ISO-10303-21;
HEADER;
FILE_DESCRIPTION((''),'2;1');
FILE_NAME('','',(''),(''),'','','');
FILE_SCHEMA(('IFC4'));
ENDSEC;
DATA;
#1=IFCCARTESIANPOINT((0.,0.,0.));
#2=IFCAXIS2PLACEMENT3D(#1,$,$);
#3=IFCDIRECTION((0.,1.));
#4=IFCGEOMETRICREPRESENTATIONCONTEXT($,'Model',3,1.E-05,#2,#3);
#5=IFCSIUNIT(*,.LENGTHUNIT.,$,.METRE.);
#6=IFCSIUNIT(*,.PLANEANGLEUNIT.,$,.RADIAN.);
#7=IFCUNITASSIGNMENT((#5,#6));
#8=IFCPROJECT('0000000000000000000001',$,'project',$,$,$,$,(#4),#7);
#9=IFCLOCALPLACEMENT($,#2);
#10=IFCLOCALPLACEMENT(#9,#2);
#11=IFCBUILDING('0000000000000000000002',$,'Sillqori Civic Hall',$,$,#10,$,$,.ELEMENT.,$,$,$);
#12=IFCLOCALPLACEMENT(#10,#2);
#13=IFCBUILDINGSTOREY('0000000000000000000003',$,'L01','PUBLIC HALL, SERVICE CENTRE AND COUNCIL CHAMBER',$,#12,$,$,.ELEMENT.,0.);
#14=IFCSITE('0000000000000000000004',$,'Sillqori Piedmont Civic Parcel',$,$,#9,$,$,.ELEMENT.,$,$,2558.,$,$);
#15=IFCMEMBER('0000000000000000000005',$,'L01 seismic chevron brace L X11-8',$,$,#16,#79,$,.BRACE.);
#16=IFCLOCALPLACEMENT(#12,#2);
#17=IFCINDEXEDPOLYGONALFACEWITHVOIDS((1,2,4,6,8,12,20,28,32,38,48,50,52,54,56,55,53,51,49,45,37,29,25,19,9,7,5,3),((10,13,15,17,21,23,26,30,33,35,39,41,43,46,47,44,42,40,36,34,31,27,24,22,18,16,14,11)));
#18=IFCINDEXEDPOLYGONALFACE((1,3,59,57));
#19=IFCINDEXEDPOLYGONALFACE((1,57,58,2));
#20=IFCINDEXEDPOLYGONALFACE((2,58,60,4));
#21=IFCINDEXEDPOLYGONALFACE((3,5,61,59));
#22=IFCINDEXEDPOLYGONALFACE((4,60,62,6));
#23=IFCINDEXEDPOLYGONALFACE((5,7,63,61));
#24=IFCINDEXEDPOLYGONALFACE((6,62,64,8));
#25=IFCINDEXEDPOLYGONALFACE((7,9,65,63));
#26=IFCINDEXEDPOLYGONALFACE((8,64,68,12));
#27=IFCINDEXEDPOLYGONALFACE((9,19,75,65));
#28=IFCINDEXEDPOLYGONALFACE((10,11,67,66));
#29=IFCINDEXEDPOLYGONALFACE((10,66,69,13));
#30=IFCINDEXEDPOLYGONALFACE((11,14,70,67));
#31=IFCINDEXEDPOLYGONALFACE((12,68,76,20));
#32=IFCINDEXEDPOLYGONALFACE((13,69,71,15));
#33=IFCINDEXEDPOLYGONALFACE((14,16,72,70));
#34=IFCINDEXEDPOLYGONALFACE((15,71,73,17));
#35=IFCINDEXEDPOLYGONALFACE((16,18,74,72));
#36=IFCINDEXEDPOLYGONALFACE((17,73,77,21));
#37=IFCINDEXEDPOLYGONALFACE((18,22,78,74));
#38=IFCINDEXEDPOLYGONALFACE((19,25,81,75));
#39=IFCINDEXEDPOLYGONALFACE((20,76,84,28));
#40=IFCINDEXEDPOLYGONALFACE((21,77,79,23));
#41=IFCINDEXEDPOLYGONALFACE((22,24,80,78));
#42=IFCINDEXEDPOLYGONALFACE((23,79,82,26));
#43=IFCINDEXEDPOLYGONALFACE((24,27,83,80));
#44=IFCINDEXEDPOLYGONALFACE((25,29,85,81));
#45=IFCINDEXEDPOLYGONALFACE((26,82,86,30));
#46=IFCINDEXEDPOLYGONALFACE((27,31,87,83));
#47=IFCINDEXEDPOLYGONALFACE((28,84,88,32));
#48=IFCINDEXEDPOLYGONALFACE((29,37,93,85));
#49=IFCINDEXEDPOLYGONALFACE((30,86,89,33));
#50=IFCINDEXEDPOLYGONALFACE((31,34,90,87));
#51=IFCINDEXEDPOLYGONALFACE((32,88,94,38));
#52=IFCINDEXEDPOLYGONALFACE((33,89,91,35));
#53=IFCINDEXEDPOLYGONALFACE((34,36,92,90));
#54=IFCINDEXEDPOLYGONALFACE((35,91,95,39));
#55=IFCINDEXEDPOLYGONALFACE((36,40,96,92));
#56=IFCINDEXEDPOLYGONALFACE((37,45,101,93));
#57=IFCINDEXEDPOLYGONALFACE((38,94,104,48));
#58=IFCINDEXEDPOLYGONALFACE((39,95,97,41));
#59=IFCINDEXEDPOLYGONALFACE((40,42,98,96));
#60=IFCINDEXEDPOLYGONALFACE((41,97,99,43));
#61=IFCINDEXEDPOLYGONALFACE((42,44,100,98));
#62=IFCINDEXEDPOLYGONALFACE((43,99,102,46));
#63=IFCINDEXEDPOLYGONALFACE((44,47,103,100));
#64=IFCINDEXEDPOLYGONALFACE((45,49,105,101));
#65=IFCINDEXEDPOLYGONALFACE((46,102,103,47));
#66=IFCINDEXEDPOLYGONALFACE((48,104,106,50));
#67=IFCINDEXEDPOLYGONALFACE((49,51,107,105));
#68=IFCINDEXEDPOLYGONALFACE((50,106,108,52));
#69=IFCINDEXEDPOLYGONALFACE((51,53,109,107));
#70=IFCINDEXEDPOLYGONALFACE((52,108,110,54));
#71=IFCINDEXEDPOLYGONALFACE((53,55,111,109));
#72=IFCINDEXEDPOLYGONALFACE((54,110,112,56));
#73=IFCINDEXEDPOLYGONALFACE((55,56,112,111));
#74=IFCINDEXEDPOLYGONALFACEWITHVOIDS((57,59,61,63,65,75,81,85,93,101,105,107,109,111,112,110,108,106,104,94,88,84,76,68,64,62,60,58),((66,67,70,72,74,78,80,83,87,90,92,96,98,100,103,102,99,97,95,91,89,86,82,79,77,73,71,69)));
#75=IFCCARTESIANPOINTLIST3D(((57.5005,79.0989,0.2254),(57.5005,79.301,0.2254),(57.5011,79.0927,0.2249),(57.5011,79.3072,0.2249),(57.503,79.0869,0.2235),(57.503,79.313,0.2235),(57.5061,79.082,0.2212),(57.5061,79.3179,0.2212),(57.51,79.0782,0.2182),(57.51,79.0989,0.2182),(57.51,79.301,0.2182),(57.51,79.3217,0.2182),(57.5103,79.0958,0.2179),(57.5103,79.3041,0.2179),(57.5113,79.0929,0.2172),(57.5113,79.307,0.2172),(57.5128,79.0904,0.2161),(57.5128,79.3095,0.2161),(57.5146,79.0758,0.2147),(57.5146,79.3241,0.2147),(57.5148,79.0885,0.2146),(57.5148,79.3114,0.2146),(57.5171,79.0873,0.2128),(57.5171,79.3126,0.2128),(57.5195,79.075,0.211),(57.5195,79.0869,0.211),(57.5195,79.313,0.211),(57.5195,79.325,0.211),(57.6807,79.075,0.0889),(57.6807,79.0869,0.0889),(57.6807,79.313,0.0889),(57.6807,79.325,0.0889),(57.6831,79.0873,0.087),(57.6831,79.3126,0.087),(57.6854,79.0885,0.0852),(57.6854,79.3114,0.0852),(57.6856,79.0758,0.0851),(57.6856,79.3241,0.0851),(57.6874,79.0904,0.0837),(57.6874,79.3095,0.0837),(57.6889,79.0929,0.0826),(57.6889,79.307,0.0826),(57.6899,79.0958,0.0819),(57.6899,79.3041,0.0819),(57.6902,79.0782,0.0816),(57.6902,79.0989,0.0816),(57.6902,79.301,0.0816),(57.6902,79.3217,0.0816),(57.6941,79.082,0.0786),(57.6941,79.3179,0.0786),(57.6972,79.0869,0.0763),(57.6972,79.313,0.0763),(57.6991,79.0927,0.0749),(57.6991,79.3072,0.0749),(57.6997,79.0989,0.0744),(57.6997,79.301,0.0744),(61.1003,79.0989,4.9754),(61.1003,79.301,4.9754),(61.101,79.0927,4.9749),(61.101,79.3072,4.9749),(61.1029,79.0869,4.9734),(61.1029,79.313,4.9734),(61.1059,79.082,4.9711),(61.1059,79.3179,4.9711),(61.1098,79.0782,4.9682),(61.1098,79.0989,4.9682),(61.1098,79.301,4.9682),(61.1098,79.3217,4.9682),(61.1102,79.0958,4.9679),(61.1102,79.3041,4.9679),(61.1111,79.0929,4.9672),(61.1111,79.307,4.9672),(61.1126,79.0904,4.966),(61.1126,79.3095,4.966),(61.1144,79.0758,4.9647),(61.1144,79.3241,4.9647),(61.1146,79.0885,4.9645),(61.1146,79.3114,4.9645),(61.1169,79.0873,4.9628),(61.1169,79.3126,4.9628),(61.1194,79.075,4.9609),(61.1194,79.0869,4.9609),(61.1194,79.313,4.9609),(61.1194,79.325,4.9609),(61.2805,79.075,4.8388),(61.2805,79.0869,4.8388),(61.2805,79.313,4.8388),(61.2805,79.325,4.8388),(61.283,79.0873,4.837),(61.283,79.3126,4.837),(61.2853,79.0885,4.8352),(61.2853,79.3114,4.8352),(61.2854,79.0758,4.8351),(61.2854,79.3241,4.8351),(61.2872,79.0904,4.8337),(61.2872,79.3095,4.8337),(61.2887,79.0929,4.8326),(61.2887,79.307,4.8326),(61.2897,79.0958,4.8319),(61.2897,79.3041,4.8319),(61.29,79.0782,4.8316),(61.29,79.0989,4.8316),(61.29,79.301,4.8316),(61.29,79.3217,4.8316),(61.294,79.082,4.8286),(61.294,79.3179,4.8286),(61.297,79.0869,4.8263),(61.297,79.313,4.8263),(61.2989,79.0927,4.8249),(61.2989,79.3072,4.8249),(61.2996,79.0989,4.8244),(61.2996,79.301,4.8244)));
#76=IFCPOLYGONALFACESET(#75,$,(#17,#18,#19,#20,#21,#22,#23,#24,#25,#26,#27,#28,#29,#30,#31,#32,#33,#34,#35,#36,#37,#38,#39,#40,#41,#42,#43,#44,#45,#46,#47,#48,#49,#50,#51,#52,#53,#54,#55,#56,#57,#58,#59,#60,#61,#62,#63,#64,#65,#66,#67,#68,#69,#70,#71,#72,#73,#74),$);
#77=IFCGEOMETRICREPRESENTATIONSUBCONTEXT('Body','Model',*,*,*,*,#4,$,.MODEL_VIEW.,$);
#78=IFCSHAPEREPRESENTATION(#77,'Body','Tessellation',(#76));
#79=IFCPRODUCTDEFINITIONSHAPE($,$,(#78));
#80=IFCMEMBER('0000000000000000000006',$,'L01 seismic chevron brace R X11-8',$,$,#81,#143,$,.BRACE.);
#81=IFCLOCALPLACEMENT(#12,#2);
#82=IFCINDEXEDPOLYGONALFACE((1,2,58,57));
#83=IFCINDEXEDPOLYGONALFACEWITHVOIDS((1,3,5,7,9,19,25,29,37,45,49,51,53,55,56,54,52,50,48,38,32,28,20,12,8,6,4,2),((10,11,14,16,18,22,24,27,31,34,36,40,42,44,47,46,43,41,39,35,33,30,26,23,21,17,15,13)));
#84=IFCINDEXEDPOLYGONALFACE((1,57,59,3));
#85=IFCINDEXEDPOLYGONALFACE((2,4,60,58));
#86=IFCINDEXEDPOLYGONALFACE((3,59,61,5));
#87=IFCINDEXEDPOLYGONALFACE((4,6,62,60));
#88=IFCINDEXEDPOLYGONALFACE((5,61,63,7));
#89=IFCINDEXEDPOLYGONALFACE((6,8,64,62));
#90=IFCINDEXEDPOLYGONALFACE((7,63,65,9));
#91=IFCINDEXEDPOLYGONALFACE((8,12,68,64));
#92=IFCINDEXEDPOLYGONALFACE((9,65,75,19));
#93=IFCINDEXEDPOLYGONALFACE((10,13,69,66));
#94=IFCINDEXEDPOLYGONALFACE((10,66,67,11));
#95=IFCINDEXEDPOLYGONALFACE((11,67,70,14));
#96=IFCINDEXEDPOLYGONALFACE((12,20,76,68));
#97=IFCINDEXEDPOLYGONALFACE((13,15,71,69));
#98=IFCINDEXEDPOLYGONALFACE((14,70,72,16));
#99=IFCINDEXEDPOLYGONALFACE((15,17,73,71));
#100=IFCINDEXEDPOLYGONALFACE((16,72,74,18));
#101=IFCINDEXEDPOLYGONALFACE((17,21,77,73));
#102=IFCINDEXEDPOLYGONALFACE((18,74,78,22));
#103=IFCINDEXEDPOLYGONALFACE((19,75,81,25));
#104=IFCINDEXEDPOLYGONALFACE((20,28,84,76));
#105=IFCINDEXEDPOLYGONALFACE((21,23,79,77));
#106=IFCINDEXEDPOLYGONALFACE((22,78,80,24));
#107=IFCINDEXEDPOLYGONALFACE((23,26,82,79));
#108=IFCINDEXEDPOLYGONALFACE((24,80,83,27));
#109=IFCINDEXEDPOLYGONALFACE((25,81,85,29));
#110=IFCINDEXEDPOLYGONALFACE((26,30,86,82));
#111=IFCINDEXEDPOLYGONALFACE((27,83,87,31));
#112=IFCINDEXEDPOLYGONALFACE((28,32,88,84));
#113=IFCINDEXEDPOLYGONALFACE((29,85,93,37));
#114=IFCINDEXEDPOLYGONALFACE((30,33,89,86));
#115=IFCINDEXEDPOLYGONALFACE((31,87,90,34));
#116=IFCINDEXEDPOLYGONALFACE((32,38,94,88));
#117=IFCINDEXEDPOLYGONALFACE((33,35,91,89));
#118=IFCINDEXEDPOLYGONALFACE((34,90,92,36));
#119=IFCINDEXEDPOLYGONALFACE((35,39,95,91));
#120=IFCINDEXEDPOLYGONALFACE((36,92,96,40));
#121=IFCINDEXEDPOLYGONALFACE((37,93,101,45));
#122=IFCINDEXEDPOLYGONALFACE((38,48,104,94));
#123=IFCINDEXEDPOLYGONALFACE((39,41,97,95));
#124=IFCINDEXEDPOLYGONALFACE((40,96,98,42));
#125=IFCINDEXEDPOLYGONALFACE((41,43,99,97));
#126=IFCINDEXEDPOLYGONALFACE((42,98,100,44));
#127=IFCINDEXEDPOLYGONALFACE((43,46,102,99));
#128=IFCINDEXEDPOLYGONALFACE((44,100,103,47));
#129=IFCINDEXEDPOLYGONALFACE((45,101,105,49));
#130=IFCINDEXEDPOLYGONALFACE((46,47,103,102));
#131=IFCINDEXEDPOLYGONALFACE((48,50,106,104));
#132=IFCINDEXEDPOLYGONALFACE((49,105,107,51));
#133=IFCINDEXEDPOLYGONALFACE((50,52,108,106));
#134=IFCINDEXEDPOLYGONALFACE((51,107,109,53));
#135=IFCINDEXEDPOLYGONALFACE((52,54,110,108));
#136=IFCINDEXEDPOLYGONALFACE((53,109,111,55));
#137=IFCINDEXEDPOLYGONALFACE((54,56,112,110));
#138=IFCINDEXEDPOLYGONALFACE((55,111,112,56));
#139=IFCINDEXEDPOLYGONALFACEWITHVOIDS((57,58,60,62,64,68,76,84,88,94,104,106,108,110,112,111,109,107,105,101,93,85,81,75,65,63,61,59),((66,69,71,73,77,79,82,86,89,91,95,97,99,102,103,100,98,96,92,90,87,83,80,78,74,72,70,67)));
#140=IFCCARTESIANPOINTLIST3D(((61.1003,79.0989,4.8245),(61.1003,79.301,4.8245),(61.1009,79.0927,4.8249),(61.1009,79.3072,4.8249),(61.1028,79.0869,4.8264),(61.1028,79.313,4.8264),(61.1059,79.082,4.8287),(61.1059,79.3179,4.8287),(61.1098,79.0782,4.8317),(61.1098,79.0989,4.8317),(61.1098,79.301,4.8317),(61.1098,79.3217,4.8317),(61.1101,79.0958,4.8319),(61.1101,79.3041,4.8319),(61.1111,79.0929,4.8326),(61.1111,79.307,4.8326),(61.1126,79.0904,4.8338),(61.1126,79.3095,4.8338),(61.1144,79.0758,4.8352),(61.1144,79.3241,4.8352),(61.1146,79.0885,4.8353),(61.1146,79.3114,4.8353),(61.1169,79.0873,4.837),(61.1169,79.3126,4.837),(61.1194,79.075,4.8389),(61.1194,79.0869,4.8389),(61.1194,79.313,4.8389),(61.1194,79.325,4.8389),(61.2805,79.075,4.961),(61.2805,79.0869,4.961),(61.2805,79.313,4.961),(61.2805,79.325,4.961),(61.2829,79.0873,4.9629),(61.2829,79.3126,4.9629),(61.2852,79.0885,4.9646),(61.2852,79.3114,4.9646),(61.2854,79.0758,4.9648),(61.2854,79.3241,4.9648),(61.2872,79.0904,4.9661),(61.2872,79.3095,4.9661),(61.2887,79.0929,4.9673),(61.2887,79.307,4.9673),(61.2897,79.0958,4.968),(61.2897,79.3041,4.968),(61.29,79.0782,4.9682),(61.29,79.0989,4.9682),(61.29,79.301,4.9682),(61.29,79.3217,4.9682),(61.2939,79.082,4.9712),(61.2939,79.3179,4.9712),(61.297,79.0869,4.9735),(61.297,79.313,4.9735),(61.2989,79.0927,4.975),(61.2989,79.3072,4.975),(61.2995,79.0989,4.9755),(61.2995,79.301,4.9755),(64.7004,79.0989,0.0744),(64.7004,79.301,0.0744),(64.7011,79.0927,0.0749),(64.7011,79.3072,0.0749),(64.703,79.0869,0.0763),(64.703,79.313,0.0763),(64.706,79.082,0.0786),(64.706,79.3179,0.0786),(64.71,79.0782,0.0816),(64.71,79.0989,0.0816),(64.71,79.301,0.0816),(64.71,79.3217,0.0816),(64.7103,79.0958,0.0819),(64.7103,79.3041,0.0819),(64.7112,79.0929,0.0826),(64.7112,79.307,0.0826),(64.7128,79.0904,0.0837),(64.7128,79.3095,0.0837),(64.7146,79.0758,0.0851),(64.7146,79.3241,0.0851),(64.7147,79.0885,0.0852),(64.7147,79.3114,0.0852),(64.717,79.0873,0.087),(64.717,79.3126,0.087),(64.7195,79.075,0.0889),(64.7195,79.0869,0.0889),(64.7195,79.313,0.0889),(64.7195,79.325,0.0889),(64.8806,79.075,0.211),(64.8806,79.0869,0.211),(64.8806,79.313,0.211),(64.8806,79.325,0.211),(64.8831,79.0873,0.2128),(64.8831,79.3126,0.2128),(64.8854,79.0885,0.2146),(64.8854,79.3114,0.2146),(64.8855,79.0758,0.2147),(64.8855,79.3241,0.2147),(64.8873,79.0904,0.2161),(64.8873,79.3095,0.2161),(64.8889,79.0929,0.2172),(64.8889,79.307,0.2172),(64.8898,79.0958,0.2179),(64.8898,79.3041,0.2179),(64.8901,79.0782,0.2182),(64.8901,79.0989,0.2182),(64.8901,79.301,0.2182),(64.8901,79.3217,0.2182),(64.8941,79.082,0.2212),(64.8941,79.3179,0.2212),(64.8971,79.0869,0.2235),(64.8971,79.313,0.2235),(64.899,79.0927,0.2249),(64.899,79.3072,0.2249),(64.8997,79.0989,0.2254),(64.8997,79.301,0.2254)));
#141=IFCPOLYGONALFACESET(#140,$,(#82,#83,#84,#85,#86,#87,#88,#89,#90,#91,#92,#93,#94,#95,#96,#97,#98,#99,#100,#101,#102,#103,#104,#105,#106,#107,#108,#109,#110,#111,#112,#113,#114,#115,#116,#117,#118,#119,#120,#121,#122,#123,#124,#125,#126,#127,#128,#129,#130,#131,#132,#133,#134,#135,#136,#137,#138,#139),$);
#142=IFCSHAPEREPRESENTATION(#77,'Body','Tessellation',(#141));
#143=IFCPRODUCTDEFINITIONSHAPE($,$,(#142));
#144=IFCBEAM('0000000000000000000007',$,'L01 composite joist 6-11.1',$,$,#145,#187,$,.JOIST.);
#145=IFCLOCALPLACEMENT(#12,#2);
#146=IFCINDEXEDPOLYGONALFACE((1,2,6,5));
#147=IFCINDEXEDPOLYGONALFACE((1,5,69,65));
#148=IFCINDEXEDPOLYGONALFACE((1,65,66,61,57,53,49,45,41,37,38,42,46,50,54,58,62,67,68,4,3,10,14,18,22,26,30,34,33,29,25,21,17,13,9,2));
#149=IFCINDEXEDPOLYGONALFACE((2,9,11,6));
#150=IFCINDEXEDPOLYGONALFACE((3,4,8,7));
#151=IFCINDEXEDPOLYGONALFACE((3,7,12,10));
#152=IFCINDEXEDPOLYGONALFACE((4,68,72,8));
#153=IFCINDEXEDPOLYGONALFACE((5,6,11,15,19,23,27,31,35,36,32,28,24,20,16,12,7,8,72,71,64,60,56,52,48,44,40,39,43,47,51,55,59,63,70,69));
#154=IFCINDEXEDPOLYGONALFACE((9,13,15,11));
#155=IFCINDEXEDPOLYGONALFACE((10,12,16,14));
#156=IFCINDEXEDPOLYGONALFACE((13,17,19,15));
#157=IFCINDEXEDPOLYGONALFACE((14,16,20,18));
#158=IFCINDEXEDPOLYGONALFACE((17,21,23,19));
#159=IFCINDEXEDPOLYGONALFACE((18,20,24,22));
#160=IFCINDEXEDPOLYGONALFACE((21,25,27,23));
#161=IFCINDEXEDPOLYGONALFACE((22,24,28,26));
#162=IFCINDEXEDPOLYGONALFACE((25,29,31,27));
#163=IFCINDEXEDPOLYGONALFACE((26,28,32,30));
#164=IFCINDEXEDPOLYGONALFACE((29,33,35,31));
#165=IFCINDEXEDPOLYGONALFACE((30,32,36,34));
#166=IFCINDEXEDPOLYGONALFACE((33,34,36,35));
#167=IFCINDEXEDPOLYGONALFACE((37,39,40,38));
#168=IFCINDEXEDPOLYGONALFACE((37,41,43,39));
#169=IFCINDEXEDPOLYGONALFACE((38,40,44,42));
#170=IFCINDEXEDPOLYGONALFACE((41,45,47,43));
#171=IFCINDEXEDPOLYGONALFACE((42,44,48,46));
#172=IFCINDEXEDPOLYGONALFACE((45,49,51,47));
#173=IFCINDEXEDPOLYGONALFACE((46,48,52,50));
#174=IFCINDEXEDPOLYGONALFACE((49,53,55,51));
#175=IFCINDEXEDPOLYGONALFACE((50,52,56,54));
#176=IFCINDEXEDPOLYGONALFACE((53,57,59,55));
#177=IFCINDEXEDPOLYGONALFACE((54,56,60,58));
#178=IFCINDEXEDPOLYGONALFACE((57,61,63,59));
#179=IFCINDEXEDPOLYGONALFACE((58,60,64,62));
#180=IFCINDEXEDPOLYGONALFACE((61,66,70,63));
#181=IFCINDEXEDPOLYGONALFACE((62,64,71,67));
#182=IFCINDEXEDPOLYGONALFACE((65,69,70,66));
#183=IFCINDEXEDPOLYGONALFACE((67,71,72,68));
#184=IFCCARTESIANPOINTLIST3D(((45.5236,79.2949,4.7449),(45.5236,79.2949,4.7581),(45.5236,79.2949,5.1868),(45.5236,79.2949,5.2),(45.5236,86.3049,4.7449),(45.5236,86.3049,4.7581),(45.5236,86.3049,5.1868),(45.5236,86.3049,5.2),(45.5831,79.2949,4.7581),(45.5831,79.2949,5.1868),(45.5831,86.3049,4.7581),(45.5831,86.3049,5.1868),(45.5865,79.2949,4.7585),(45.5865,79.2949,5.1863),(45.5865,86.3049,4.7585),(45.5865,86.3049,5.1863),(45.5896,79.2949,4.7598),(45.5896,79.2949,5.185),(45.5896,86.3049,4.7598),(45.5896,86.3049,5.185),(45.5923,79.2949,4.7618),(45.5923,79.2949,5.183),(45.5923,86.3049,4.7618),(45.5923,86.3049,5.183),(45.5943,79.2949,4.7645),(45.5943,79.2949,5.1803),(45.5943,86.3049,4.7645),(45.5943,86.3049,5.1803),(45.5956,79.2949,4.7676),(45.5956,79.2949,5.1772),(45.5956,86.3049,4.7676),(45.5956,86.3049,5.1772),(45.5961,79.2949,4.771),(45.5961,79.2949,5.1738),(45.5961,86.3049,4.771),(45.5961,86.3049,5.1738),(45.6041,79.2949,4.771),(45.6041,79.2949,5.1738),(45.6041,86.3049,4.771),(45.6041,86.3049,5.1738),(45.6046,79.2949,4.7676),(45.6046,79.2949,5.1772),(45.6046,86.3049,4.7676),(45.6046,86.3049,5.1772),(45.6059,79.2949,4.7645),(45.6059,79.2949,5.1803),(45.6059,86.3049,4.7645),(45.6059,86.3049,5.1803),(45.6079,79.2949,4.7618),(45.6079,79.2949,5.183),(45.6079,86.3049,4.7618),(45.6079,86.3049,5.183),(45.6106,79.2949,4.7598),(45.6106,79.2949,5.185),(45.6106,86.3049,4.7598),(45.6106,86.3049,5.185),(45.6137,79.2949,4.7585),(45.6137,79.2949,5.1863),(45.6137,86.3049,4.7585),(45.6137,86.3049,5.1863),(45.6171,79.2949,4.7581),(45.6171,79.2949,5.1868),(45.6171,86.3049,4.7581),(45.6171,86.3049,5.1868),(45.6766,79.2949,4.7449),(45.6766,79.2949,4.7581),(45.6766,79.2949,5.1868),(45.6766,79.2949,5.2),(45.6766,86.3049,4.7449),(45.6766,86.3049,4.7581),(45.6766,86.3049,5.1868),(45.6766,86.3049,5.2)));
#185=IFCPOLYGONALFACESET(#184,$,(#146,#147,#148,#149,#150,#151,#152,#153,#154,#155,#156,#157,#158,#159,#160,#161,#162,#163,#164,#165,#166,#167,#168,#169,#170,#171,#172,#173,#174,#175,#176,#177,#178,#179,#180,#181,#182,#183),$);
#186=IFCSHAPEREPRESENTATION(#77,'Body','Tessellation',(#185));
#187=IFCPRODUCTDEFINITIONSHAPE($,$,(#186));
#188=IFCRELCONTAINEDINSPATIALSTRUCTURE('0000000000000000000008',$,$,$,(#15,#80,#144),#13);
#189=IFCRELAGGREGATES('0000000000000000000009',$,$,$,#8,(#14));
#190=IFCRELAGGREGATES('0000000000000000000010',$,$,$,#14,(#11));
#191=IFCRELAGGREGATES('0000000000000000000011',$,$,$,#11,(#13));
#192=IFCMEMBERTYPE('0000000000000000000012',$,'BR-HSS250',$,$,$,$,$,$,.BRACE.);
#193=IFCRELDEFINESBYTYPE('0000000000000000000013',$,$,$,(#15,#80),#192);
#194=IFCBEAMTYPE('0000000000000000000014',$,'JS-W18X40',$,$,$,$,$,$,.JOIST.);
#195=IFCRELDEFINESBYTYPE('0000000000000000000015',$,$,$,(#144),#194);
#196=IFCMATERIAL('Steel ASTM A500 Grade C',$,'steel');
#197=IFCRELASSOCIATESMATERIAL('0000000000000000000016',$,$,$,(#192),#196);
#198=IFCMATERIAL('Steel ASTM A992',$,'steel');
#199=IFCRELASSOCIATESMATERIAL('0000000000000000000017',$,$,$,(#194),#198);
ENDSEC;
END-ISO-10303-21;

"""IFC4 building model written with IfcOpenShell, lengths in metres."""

from ifc_helpers import new_model, si_unit, direction, frame, origin, origin_2d, place, context, subcontext, project, spatial, hollow_rectangle, i_section, extrude, material, material_profile, profile_set, type_object, element, save


model = new_model("IFC4")

# Units and contexts
model_context = context("Model", 3, precision=1e-05, world=origin(), true_north=direction((0.0, 1.0)))
body_context = subcontext(model_context, "Body", "Model", "MODEL_VIEW")
ifc_project = project(units=[si_unit("LENGTHUNIT", "METRE"), si_unit("PLANEANGLEUNIT", "RADIAN")], contexts=[model_context])

# Site, building, storey
site_placement = place(None, origin())
site = spatial("IfcSite", under=ifc_project, at=site_placement, Name="Sillqori Piedmont Civic Parcel", CompositionType="ELEMENT", RefElevation=2558.0)
building_placement = place(site_placement, origin())
building = spatial("IfcBuilding", under=site, at=building_placement, Name="Sillqori Civic Hall", CompositionType="ELEMENT")
storey_placement = place(building_placement, origin())
storey = spatial("IfcBuildingStorey", under=building, at=storey_placement, Name="L01", Description="PUBLIC HALL, SERVICE CENTRE AND COUNCIL CHAMBER", CompositionType="ELEMENT", Elevation=0.0)

# Shared definitions
ifc_material_1 = material(Name="Steel ASTM A992", Category="steel")

# Members
ifc_material_2 = material(Name="Steel ASTM A500 Grade C", Category="steel")
ifc_material_profile_1 = material_profile(ifc_material_2, hollow_rectangle(XDim=0.25, YDim=0.25, WallThickness=0.012, InnerFilletRadius=0.012, OuterFilletRadius=0.0239, at=origin_2d()), Name="HSS250X250X12")
ifc_profile_set_1 = profile_set([ifc_material_profile_1], Name="Steel ASTM A500 Grade C")
member_type = type_object("IfcMemberType", Name="BR-HSS250", PredefinedType="BRACE", material=ifc_profile_set_1)
member_1_placement = place(storey_placement, frame((57.6001, 79.2, 0.1499), z_axis=(0.604004, 0.0, 0.796982), x_axis=(0.0, 1.0, 0.0)))
element("IfcMember", 1, at=member_1_placement, inside=storey, type_object=member_type, Name="L01 seismic chevron brace L X11-8", PredefinedType="BRACE", context=body_context, shape_type="SweptSolid", body=[
    extrude(hollow_rectangle(XDim=0.25, YDim=0.25, WallThickness=0.012, InnerFilletRadius=0.012, OuterFilletRadius=0.0239, at=origin_2d()), origin(), (0.0, 0.0, 1.0), 5.96),
])
member_2_placement = place(storey_placement, frame((64.8, 79.2, 0.1499), z_axis=(-0.60403, 0.0, 0.796962), x_axis=(0.0, -1.0, 0.0)))
element("IfcMember", 2, at=member_2_placement, inside=storey, type_object=member_type, Name="L01 seismic chevron brace R X11-8", PredefinedType="BRACE", context=body_context, shape_type="SweptSolid", body=[
    extrude(hollow_rectangle(XDim=0.25, YDim=0.25, WallThickness=0.012, InnerFilletRadius=0.012, OuterFilletRadius=0.0239, at=origin_2d()), origin(), (0.0, 0.0, 1.0), 5.9602),
])

# Beam
ifc_material_profile_2 = material_profile(ifc_material_1, i_section(OverallWidth=0.1531, OverallDepth=0.4551, WebThickness=0.0081, FlangeThickness=0.0132, FilletRadius=0.0129, at=origin_2d()), Name="W18X40")
ifc_profile_set_2 = profile_set([ifc_material_profile_2], Name="Steel ASTM A992")
beam_type_1 = type_object("IfcBeamType", Name="JS-W18X40", PredefinedType="JOIST", material=ifc_profile_set_2)
for number, where, z_axis, x_axis, name in (
    (3, (45.6001, 79.2949, 4.9724), (0.0, 1.0, 0.0), (-1.0, 0.0, 0.0), "L01 composite joist 6-11.1"),
):
    element("IfcBeam", number, at=place(storey_placement, frame(where, z_axis=z_axis, x_axis=x_axis)), inside=storey, type_object=beam_type_1, Name=name, PredefinedType="JOIST", context=body_context, shape_type="SweptSolid", body=[
        extrude(i_section(OverallWidth=0.1531, OverallDepth=0.4551, WebThickness=0.0081, FlangeThickness=0.0132, FilletRadius=0.0129, at=origin_2d()), origin(), (0.0, 0.0, 1.0), 7.01),
    ])

save(model, "model.ifc")
